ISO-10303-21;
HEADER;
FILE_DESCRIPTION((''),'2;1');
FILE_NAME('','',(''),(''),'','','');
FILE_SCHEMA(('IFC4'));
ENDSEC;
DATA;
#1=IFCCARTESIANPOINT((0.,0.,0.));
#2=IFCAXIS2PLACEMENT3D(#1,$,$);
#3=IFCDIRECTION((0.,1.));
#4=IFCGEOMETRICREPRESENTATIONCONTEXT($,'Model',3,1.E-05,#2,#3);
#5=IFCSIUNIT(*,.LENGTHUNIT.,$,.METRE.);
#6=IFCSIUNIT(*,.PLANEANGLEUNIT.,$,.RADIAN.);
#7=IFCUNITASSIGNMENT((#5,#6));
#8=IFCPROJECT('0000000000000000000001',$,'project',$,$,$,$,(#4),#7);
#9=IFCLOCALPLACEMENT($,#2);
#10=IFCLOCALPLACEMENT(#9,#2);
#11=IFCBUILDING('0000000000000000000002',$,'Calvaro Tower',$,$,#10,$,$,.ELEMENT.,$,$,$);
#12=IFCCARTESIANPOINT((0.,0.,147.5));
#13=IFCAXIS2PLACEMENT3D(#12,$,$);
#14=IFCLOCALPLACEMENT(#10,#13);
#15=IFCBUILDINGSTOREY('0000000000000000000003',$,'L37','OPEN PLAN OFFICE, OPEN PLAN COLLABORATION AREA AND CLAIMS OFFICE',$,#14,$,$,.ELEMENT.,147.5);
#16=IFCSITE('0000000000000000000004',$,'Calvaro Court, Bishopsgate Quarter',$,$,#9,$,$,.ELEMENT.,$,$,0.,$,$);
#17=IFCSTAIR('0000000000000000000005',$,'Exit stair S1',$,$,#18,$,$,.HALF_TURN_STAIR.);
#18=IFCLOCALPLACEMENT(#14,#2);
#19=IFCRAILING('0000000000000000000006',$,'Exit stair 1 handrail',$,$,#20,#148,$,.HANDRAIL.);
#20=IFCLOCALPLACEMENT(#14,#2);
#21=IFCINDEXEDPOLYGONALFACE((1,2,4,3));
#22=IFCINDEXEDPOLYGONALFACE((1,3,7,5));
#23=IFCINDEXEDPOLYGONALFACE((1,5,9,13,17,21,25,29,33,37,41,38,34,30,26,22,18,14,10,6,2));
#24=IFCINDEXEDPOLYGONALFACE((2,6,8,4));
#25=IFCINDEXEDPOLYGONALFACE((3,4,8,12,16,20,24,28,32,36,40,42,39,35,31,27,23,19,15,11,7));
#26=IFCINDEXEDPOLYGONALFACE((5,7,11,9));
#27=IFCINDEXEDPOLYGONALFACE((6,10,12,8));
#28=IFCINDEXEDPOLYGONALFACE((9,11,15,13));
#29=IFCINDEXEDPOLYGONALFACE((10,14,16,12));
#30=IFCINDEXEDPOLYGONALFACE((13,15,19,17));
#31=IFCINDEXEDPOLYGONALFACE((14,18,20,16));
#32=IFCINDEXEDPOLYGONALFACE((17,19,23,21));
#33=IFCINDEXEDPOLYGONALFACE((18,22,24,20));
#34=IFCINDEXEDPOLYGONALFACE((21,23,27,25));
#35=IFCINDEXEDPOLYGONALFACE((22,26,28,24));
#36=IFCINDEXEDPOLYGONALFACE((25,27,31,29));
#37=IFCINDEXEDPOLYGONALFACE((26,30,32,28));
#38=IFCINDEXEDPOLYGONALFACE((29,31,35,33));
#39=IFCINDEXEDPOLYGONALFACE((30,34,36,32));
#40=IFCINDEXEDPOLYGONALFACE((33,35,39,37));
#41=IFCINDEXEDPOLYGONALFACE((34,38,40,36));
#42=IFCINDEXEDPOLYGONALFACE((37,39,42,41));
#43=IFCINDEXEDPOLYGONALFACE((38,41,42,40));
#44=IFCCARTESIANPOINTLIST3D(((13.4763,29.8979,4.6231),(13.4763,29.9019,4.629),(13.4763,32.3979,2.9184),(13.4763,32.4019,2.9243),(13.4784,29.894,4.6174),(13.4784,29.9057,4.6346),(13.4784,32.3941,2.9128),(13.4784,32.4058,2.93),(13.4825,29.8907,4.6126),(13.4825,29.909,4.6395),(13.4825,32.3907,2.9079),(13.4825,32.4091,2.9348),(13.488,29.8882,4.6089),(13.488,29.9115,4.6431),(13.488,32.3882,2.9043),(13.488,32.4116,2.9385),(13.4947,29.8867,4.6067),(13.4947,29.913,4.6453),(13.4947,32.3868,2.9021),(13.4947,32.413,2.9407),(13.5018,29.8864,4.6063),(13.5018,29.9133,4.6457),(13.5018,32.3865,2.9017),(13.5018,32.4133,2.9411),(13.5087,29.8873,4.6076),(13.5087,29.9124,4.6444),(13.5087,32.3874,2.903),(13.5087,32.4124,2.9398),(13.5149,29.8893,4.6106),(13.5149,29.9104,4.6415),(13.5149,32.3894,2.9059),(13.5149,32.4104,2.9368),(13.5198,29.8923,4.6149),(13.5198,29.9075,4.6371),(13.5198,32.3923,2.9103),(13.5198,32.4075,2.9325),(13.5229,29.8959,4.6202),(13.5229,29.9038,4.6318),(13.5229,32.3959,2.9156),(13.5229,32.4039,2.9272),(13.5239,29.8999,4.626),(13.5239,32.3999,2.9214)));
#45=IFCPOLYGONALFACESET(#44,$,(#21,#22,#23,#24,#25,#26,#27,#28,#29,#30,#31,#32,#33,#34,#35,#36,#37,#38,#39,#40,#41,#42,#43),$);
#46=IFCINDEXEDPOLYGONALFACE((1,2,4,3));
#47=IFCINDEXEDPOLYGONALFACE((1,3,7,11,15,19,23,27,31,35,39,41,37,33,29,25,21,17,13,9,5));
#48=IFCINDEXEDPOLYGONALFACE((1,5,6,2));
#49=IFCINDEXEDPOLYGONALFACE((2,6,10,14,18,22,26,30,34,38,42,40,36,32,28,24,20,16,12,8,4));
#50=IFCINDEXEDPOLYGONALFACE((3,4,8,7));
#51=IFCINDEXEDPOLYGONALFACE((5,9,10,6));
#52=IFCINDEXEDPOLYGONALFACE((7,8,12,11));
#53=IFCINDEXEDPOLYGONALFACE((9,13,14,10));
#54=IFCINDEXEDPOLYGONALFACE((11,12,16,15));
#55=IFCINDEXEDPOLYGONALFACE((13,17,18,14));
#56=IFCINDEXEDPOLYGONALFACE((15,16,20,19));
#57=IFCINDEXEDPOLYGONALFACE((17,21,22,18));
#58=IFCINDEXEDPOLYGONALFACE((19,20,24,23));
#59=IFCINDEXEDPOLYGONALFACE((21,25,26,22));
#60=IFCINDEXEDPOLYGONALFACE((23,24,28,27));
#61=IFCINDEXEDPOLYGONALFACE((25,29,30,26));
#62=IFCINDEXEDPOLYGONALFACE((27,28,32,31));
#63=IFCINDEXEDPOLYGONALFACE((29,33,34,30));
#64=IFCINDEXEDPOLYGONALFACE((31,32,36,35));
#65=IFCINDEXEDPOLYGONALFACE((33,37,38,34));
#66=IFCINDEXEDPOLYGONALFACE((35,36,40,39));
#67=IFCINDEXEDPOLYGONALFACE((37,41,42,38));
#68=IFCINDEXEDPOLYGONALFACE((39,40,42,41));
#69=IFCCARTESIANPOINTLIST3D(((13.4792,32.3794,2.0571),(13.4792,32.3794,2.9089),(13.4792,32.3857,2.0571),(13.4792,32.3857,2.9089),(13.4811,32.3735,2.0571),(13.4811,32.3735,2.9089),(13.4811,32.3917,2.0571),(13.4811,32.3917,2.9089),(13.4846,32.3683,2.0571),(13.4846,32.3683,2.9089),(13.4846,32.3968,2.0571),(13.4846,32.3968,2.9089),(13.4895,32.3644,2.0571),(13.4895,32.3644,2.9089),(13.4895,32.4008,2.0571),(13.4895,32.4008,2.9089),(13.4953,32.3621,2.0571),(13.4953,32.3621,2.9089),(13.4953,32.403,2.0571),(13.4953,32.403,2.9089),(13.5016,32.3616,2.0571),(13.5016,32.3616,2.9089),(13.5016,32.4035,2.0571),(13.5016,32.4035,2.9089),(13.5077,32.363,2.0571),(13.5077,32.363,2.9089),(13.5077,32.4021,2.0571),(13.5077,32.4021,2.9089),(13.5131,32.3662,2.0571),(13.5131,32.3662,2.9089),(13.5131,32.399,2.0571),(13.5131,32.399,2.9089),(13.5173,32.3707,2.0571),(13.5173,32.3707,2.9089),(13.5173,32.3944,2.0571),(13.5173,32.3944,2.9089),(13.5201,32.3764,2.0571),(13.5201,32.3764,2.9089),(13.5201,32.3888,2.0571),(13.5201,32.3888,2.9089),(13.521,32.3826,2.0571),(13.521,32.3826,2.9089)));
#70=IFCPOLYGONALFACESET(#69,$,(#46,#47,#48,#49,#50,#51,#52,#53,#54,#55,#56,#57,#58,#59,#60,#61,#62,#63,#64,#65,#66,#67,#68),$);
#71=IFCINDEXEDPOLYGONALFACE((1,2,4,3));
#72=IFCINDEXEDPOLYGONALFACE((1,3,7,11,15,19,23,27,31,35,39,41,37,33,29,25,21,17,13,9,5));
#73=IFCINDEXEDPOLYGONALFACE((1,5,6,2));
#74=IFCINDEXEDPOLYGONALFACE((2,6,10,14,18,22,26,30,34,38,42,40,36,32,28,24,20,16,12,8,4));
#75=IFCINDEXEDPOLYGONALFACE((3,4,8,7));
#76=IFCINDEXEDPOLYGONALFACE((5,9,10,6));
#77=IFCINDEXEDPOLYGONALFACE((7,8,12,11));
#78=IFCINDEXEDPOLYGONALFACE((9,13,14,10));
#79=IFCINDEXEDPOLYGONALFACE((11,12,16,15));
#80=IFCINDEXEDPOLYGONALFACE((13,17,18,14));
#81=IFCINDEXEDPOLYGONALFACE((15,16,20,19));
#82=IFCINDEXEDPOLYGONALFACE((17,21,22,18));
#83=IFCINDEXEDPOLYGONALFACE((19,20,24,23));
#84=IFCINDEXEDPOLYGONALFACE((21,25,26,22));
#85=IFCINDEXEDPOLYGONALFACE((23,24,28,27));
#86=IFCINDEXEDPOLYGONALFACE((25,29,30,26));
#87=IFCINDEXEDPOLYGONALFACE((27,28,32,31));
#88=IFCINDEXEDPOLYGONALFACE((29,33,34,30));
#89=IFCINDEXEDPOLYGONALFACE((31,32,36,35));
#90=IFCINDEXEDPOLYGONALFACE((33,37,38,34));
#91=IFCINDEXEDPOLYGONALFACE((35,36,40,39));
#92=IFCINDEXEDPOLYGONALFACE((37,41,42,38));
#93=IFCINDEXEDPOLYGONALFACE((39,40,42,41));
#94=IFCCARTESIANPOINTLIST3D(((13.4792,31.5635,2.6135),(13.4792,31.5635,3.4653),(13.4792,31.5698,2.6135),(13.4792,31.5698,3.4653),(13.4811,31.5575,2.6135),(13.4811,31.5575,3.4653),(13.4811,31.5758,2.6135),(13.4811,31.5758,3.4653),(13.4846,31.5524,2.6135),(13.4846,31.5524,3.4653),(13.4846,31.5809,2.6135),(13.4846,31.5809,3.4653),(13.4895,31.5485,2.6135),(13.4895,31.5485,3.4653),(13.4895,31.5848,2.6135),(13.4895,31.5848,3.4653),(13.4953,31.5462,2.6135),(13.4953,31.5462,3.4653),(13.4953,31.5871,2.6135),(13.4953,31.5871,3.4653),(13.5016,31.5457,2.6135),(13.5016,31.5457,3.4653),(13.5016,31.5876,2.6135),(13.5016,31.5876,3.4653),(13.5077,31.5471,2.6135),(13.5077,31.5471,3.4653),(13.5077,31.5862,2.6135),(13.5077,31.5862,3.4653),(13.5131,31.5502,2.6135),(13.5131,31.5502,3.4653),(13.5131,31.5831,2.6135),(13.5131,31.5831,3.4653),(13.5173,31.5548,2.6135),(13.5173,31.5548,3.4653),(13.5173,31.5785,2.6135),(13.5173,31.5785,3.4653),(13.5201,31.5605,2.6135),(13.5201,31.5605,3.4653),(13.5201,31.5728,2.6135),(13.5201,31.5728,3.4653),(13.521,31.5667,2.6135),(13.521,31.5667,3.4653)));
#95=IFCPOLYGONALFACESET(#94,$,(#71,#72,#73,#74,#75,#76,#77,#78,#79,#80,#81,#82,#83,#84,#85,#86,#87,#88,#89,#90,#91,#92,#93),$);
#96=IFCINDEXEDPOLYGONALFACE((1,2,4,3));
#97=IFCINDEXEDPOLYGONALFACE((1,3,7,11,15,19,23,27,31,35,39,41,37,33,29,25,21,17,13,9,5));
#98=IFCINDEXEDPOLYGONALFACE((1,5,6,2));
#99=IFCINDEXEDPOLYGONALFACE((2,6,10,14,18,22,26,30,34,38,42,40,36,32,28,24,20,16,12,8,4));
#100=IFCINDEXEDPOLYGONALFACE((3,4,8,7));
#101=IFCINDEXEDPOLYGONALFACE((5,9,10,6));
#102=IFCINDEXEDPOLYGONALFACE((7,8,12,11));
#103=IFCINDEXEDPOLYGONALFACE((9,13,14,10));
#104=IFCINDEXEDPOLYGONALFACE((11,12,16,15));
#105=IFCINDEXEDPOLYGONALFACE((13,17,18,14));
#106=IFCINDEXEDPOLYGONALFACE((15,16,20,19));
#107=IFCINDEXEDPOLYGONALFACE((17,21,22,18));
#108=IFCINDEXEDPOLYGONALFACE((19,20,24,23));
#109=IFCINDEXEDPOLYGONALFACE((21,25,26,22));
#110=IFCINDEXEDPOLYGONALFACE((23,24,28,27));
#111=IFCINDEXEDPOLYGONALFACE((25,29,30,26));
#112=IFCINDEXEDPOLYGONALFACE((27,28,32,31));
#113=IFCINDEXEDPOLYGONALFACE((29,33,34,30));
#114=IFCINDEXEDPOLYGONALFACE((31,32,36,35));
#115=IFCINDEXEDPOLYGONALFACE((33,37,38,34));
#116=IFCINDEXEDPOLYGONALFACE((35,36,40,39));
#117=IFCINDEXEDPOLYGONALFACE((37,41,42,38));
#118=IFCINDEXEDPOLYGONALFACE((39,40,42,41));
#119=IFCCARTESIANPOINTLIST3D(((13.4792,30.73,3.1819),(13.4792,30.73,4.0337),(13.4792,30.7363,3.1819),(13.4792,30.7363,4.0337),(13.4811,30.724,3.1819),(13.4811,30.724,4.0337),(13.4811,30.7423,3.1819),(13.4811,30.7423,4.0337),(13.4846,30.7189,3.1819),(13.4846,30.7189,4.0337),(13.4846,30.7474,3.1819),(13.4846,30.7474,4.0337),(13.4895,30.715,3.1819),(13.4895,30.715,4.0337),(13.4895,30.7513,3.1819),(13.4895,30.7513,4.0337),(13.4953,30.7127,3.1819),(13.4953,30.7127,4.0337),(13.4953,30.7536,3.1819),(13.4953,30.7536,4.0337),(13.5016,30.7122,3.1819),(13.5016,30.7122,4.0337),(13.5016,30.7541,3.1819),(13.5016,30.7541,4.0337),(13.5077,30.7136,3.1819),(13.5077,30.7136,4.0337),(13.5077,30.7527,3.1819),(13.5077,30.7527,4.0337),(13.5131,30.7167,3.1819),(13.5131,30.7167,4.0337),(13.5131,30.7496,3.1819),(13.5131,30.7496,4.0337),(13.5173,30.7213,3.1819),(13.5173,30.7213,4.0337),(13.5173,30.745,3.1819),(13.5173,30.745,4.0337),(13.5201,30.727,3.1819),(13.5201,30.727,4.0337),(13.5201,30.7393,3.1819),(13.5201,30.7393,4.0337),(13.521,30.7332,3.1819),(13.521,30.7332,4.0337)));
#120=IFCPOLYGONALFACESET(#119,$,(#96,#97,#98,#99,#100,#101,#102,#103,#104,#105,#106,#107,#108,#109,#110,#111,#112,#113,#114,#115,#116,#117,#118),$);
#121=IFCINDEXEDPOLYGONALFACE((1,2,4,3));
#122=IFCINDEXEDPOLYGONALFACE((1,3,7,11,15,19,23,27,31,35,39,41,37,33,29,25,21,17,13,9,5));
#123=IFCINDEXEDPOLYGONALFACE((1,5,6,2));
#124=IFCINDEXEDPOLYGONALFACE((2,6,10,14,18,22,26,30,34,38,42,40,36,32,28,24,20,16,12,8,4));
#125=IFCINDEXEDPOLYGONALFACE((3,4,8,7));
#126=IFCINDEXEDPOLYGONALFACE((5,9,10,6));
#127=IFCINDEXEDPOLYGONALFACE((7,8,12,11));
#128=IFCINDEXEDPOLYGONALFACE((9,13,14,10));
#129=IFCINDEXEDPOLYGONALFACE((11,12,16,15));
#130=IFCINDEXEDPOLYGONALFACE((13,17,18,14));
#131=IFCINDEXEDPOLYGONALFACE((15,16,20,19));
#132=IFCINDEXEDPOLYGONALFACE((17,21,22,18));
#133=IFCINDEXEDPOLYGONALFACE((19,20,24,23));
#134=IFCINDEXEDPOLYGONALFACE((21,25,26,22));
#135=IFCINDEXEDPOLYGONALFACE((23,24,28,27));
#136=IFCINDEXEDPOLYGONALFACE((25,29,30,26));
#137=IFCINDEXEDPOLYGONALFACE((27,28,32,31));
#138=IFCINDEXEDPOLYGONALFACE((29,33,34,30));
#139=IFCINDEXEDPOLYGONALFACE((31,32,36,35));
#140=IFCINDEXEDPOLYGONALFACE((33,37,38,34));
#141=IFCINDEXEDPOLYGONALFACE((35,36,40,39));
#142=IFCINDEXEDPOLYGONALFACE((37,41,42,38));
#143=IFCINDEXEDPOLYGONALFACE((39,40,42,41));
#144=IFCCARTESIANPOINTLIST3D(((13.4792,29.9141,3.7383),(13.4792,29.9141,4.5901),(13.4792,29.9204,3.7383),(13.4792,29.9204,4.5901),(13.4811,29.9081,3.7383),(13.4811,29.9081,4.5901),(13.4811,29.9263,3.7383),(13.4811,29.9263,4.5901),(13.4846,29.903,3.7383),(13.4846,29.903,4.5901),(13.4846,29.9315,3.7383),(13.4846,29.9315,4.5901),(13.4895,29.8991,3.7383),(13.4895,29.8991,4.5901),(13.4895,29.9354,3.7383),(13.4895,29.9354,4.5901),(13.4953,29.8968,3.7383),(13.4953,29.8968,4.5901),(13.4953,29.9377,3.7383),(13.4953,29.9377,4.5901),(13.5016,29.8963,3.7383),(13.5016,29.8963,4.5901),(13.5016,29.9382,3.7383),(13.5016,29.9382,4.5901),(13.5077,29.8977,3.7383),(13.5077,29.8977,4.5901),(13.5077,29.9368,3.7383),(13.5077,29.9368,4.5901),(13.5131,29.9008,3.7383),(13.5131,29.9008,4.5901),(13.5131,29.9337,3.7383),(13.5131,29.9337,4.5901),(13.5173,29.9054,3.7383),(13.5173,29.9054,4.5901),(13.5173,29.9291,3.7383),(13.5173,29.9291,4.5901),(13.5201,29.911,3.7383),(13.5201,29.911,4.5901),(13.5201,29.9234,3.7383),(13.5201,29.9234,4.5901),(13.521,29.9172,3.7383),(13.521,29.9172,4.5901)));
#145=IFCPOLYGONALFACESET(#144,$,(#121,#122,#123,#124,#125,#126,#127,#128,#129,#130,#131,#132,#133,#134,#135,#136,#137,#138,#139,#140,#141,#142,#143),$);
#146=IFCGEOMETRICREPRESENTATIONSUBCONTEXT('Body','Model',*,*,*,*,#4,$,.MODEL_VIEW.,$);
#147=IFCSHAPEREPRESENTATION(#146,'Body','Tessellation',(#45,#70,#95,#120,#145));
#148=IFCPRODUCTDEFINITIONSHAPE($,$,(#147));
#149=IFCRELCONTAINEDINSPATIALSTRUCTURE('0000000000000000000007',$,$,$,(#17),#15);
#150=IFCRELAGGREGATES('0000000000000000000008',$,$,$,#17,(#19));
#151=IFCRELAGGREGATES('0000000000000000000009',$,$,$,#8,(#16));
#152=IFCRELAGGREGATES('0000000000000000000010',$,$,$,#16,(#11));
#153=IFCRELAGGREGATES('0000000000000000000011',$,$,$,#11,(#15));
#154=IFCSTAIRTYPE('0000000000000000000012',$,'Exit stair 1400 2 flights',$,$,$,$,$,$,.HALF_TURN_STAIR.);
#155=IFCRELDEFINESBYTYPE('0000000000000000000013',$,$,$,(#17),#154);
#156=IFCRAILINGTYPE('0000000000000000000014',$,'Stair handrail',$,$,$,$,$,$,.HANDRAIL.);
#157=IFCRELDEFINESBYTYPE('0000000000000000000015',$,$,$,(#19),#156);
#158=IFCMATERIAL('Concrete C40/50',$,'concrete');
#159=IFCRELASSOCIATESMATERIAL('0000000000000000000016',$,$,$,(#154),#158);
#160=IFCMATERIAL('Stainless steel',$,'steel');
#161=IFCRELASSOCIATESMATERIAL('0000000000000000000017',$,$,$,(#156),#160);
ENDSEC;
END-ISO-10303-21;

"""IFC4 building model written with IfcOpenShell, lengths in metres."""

from ifc_helpers import new_model, si_unit, direction, frame, origin, origin_2d, place, context, subcontext, project, spatial, circle, extrude, material, type_object, element, aggregate, save


model = new_model("IFC4")

# Units and contexts
model_context = context("Model", 3, precision=1e-05, world=origin(), true_north=direction((0.0, 1.0)))
body_context = subcontext(model_context, "Body", "Model", "MODEL_VIEW")
ifc_project = project(units=[si_unit("LENGTHUNIT", "METRE"), si_unit("PLANEANGLEUNIT", "RADIAN")], contexts=[model_context])

# Site, building, storey
site_placement = place(None, origin())
site = spatial("IfcSite", under=ifc_project, at=site_placement, Name="Calvaro Court, Bishopsgate Quarter", CompositionType="ELEMENT", RefElevation=0.0)
building_placement = place(site_placement, origin())
building = spatial("IfcBuilding", under=site, at=building_placement, Name="Calvaro Tower", CompositionType="ELEMENT")
storey_placement = place(building_placement, frame((0.0, 0.0, 147.5)))
storey = spatial("IfcBuildingStorey", under=building, at=storey_placement, Name="L37", Description="OPEN PLAN OFFICE, OPEN PLAN COLLABORATION AREA AND CLAIMS OFFICE", CompositionType="ELEMENT", Elevation=147.5)

# Stair, railing
ifc_material_1 = material(Name="Concrete C40/50", Category="concrete")
stair_type = type_object("IfcStairType", Name="Exit stair 1400 2 flights", PredefinedType="HALF_TURN_STAIR", material=ifc_material_1)
stair_placement = place(storey_placement, origin())
stair = element("IfcStair", 1, at=stair_placement, inside=storey, type_object=stair_type, Name="Exit stair S1", PredefinedType="HALF_TURN_STAIR")
ifc_material_2 = material(Name="Stainless steel", Category="steel")
railing_type = type_object("IfcRailingType", Name="Stair handrail", PredefinedType="HANDRAIL", material=ifc_material_2)
railing_1_placement = place(storey_placement, frame((13.5, 32.3999, 2.0454)))
railing_1 = element("IfcRailing", 2, at=railing_1_placement, type_object=railing_type, Name="Exit stair 1 handrail", PredefinedType="HANDRAIL", context=body_context, shape_type="SweptSolid", body=[
    extrude(circle(Radius=0.0239, at=origin_2d()), frame((0.0, 0.0, 0.876), z_axis=(0.0, -0.826221, 0.563347), x_axis=(1.0, 0.0, 0.0)), (0.0, 0.0, 1.0), 3.0259),
    extrude(circle(Radius=0.021, at=origin_2d()), frame((0.0, -0.0173, 0.0117)), (0.0, 0.0, 1.0), 0.8518),
    extrude(circle(Radius=0.021, at=origin_2d()), frame((0.0, -0.8333, 0.5681)), (0.0, 0.0, 1.0), 0.8518),
    extrude(circle(Radius=0.021, at=origin_2d()), frame((0.0, -1.6667, 1.1365)), (0.0, 0.0, 1.0), 0.8518),
    extrude(circle(Radius=0.021, at=origin_2d()), frame((0.0, -2.4827, 1.6929)), (0.0, 0.0, 1.0), 0.8518),
])
aggregate(stair, [railing_1])

save(model, "model.ifc")
